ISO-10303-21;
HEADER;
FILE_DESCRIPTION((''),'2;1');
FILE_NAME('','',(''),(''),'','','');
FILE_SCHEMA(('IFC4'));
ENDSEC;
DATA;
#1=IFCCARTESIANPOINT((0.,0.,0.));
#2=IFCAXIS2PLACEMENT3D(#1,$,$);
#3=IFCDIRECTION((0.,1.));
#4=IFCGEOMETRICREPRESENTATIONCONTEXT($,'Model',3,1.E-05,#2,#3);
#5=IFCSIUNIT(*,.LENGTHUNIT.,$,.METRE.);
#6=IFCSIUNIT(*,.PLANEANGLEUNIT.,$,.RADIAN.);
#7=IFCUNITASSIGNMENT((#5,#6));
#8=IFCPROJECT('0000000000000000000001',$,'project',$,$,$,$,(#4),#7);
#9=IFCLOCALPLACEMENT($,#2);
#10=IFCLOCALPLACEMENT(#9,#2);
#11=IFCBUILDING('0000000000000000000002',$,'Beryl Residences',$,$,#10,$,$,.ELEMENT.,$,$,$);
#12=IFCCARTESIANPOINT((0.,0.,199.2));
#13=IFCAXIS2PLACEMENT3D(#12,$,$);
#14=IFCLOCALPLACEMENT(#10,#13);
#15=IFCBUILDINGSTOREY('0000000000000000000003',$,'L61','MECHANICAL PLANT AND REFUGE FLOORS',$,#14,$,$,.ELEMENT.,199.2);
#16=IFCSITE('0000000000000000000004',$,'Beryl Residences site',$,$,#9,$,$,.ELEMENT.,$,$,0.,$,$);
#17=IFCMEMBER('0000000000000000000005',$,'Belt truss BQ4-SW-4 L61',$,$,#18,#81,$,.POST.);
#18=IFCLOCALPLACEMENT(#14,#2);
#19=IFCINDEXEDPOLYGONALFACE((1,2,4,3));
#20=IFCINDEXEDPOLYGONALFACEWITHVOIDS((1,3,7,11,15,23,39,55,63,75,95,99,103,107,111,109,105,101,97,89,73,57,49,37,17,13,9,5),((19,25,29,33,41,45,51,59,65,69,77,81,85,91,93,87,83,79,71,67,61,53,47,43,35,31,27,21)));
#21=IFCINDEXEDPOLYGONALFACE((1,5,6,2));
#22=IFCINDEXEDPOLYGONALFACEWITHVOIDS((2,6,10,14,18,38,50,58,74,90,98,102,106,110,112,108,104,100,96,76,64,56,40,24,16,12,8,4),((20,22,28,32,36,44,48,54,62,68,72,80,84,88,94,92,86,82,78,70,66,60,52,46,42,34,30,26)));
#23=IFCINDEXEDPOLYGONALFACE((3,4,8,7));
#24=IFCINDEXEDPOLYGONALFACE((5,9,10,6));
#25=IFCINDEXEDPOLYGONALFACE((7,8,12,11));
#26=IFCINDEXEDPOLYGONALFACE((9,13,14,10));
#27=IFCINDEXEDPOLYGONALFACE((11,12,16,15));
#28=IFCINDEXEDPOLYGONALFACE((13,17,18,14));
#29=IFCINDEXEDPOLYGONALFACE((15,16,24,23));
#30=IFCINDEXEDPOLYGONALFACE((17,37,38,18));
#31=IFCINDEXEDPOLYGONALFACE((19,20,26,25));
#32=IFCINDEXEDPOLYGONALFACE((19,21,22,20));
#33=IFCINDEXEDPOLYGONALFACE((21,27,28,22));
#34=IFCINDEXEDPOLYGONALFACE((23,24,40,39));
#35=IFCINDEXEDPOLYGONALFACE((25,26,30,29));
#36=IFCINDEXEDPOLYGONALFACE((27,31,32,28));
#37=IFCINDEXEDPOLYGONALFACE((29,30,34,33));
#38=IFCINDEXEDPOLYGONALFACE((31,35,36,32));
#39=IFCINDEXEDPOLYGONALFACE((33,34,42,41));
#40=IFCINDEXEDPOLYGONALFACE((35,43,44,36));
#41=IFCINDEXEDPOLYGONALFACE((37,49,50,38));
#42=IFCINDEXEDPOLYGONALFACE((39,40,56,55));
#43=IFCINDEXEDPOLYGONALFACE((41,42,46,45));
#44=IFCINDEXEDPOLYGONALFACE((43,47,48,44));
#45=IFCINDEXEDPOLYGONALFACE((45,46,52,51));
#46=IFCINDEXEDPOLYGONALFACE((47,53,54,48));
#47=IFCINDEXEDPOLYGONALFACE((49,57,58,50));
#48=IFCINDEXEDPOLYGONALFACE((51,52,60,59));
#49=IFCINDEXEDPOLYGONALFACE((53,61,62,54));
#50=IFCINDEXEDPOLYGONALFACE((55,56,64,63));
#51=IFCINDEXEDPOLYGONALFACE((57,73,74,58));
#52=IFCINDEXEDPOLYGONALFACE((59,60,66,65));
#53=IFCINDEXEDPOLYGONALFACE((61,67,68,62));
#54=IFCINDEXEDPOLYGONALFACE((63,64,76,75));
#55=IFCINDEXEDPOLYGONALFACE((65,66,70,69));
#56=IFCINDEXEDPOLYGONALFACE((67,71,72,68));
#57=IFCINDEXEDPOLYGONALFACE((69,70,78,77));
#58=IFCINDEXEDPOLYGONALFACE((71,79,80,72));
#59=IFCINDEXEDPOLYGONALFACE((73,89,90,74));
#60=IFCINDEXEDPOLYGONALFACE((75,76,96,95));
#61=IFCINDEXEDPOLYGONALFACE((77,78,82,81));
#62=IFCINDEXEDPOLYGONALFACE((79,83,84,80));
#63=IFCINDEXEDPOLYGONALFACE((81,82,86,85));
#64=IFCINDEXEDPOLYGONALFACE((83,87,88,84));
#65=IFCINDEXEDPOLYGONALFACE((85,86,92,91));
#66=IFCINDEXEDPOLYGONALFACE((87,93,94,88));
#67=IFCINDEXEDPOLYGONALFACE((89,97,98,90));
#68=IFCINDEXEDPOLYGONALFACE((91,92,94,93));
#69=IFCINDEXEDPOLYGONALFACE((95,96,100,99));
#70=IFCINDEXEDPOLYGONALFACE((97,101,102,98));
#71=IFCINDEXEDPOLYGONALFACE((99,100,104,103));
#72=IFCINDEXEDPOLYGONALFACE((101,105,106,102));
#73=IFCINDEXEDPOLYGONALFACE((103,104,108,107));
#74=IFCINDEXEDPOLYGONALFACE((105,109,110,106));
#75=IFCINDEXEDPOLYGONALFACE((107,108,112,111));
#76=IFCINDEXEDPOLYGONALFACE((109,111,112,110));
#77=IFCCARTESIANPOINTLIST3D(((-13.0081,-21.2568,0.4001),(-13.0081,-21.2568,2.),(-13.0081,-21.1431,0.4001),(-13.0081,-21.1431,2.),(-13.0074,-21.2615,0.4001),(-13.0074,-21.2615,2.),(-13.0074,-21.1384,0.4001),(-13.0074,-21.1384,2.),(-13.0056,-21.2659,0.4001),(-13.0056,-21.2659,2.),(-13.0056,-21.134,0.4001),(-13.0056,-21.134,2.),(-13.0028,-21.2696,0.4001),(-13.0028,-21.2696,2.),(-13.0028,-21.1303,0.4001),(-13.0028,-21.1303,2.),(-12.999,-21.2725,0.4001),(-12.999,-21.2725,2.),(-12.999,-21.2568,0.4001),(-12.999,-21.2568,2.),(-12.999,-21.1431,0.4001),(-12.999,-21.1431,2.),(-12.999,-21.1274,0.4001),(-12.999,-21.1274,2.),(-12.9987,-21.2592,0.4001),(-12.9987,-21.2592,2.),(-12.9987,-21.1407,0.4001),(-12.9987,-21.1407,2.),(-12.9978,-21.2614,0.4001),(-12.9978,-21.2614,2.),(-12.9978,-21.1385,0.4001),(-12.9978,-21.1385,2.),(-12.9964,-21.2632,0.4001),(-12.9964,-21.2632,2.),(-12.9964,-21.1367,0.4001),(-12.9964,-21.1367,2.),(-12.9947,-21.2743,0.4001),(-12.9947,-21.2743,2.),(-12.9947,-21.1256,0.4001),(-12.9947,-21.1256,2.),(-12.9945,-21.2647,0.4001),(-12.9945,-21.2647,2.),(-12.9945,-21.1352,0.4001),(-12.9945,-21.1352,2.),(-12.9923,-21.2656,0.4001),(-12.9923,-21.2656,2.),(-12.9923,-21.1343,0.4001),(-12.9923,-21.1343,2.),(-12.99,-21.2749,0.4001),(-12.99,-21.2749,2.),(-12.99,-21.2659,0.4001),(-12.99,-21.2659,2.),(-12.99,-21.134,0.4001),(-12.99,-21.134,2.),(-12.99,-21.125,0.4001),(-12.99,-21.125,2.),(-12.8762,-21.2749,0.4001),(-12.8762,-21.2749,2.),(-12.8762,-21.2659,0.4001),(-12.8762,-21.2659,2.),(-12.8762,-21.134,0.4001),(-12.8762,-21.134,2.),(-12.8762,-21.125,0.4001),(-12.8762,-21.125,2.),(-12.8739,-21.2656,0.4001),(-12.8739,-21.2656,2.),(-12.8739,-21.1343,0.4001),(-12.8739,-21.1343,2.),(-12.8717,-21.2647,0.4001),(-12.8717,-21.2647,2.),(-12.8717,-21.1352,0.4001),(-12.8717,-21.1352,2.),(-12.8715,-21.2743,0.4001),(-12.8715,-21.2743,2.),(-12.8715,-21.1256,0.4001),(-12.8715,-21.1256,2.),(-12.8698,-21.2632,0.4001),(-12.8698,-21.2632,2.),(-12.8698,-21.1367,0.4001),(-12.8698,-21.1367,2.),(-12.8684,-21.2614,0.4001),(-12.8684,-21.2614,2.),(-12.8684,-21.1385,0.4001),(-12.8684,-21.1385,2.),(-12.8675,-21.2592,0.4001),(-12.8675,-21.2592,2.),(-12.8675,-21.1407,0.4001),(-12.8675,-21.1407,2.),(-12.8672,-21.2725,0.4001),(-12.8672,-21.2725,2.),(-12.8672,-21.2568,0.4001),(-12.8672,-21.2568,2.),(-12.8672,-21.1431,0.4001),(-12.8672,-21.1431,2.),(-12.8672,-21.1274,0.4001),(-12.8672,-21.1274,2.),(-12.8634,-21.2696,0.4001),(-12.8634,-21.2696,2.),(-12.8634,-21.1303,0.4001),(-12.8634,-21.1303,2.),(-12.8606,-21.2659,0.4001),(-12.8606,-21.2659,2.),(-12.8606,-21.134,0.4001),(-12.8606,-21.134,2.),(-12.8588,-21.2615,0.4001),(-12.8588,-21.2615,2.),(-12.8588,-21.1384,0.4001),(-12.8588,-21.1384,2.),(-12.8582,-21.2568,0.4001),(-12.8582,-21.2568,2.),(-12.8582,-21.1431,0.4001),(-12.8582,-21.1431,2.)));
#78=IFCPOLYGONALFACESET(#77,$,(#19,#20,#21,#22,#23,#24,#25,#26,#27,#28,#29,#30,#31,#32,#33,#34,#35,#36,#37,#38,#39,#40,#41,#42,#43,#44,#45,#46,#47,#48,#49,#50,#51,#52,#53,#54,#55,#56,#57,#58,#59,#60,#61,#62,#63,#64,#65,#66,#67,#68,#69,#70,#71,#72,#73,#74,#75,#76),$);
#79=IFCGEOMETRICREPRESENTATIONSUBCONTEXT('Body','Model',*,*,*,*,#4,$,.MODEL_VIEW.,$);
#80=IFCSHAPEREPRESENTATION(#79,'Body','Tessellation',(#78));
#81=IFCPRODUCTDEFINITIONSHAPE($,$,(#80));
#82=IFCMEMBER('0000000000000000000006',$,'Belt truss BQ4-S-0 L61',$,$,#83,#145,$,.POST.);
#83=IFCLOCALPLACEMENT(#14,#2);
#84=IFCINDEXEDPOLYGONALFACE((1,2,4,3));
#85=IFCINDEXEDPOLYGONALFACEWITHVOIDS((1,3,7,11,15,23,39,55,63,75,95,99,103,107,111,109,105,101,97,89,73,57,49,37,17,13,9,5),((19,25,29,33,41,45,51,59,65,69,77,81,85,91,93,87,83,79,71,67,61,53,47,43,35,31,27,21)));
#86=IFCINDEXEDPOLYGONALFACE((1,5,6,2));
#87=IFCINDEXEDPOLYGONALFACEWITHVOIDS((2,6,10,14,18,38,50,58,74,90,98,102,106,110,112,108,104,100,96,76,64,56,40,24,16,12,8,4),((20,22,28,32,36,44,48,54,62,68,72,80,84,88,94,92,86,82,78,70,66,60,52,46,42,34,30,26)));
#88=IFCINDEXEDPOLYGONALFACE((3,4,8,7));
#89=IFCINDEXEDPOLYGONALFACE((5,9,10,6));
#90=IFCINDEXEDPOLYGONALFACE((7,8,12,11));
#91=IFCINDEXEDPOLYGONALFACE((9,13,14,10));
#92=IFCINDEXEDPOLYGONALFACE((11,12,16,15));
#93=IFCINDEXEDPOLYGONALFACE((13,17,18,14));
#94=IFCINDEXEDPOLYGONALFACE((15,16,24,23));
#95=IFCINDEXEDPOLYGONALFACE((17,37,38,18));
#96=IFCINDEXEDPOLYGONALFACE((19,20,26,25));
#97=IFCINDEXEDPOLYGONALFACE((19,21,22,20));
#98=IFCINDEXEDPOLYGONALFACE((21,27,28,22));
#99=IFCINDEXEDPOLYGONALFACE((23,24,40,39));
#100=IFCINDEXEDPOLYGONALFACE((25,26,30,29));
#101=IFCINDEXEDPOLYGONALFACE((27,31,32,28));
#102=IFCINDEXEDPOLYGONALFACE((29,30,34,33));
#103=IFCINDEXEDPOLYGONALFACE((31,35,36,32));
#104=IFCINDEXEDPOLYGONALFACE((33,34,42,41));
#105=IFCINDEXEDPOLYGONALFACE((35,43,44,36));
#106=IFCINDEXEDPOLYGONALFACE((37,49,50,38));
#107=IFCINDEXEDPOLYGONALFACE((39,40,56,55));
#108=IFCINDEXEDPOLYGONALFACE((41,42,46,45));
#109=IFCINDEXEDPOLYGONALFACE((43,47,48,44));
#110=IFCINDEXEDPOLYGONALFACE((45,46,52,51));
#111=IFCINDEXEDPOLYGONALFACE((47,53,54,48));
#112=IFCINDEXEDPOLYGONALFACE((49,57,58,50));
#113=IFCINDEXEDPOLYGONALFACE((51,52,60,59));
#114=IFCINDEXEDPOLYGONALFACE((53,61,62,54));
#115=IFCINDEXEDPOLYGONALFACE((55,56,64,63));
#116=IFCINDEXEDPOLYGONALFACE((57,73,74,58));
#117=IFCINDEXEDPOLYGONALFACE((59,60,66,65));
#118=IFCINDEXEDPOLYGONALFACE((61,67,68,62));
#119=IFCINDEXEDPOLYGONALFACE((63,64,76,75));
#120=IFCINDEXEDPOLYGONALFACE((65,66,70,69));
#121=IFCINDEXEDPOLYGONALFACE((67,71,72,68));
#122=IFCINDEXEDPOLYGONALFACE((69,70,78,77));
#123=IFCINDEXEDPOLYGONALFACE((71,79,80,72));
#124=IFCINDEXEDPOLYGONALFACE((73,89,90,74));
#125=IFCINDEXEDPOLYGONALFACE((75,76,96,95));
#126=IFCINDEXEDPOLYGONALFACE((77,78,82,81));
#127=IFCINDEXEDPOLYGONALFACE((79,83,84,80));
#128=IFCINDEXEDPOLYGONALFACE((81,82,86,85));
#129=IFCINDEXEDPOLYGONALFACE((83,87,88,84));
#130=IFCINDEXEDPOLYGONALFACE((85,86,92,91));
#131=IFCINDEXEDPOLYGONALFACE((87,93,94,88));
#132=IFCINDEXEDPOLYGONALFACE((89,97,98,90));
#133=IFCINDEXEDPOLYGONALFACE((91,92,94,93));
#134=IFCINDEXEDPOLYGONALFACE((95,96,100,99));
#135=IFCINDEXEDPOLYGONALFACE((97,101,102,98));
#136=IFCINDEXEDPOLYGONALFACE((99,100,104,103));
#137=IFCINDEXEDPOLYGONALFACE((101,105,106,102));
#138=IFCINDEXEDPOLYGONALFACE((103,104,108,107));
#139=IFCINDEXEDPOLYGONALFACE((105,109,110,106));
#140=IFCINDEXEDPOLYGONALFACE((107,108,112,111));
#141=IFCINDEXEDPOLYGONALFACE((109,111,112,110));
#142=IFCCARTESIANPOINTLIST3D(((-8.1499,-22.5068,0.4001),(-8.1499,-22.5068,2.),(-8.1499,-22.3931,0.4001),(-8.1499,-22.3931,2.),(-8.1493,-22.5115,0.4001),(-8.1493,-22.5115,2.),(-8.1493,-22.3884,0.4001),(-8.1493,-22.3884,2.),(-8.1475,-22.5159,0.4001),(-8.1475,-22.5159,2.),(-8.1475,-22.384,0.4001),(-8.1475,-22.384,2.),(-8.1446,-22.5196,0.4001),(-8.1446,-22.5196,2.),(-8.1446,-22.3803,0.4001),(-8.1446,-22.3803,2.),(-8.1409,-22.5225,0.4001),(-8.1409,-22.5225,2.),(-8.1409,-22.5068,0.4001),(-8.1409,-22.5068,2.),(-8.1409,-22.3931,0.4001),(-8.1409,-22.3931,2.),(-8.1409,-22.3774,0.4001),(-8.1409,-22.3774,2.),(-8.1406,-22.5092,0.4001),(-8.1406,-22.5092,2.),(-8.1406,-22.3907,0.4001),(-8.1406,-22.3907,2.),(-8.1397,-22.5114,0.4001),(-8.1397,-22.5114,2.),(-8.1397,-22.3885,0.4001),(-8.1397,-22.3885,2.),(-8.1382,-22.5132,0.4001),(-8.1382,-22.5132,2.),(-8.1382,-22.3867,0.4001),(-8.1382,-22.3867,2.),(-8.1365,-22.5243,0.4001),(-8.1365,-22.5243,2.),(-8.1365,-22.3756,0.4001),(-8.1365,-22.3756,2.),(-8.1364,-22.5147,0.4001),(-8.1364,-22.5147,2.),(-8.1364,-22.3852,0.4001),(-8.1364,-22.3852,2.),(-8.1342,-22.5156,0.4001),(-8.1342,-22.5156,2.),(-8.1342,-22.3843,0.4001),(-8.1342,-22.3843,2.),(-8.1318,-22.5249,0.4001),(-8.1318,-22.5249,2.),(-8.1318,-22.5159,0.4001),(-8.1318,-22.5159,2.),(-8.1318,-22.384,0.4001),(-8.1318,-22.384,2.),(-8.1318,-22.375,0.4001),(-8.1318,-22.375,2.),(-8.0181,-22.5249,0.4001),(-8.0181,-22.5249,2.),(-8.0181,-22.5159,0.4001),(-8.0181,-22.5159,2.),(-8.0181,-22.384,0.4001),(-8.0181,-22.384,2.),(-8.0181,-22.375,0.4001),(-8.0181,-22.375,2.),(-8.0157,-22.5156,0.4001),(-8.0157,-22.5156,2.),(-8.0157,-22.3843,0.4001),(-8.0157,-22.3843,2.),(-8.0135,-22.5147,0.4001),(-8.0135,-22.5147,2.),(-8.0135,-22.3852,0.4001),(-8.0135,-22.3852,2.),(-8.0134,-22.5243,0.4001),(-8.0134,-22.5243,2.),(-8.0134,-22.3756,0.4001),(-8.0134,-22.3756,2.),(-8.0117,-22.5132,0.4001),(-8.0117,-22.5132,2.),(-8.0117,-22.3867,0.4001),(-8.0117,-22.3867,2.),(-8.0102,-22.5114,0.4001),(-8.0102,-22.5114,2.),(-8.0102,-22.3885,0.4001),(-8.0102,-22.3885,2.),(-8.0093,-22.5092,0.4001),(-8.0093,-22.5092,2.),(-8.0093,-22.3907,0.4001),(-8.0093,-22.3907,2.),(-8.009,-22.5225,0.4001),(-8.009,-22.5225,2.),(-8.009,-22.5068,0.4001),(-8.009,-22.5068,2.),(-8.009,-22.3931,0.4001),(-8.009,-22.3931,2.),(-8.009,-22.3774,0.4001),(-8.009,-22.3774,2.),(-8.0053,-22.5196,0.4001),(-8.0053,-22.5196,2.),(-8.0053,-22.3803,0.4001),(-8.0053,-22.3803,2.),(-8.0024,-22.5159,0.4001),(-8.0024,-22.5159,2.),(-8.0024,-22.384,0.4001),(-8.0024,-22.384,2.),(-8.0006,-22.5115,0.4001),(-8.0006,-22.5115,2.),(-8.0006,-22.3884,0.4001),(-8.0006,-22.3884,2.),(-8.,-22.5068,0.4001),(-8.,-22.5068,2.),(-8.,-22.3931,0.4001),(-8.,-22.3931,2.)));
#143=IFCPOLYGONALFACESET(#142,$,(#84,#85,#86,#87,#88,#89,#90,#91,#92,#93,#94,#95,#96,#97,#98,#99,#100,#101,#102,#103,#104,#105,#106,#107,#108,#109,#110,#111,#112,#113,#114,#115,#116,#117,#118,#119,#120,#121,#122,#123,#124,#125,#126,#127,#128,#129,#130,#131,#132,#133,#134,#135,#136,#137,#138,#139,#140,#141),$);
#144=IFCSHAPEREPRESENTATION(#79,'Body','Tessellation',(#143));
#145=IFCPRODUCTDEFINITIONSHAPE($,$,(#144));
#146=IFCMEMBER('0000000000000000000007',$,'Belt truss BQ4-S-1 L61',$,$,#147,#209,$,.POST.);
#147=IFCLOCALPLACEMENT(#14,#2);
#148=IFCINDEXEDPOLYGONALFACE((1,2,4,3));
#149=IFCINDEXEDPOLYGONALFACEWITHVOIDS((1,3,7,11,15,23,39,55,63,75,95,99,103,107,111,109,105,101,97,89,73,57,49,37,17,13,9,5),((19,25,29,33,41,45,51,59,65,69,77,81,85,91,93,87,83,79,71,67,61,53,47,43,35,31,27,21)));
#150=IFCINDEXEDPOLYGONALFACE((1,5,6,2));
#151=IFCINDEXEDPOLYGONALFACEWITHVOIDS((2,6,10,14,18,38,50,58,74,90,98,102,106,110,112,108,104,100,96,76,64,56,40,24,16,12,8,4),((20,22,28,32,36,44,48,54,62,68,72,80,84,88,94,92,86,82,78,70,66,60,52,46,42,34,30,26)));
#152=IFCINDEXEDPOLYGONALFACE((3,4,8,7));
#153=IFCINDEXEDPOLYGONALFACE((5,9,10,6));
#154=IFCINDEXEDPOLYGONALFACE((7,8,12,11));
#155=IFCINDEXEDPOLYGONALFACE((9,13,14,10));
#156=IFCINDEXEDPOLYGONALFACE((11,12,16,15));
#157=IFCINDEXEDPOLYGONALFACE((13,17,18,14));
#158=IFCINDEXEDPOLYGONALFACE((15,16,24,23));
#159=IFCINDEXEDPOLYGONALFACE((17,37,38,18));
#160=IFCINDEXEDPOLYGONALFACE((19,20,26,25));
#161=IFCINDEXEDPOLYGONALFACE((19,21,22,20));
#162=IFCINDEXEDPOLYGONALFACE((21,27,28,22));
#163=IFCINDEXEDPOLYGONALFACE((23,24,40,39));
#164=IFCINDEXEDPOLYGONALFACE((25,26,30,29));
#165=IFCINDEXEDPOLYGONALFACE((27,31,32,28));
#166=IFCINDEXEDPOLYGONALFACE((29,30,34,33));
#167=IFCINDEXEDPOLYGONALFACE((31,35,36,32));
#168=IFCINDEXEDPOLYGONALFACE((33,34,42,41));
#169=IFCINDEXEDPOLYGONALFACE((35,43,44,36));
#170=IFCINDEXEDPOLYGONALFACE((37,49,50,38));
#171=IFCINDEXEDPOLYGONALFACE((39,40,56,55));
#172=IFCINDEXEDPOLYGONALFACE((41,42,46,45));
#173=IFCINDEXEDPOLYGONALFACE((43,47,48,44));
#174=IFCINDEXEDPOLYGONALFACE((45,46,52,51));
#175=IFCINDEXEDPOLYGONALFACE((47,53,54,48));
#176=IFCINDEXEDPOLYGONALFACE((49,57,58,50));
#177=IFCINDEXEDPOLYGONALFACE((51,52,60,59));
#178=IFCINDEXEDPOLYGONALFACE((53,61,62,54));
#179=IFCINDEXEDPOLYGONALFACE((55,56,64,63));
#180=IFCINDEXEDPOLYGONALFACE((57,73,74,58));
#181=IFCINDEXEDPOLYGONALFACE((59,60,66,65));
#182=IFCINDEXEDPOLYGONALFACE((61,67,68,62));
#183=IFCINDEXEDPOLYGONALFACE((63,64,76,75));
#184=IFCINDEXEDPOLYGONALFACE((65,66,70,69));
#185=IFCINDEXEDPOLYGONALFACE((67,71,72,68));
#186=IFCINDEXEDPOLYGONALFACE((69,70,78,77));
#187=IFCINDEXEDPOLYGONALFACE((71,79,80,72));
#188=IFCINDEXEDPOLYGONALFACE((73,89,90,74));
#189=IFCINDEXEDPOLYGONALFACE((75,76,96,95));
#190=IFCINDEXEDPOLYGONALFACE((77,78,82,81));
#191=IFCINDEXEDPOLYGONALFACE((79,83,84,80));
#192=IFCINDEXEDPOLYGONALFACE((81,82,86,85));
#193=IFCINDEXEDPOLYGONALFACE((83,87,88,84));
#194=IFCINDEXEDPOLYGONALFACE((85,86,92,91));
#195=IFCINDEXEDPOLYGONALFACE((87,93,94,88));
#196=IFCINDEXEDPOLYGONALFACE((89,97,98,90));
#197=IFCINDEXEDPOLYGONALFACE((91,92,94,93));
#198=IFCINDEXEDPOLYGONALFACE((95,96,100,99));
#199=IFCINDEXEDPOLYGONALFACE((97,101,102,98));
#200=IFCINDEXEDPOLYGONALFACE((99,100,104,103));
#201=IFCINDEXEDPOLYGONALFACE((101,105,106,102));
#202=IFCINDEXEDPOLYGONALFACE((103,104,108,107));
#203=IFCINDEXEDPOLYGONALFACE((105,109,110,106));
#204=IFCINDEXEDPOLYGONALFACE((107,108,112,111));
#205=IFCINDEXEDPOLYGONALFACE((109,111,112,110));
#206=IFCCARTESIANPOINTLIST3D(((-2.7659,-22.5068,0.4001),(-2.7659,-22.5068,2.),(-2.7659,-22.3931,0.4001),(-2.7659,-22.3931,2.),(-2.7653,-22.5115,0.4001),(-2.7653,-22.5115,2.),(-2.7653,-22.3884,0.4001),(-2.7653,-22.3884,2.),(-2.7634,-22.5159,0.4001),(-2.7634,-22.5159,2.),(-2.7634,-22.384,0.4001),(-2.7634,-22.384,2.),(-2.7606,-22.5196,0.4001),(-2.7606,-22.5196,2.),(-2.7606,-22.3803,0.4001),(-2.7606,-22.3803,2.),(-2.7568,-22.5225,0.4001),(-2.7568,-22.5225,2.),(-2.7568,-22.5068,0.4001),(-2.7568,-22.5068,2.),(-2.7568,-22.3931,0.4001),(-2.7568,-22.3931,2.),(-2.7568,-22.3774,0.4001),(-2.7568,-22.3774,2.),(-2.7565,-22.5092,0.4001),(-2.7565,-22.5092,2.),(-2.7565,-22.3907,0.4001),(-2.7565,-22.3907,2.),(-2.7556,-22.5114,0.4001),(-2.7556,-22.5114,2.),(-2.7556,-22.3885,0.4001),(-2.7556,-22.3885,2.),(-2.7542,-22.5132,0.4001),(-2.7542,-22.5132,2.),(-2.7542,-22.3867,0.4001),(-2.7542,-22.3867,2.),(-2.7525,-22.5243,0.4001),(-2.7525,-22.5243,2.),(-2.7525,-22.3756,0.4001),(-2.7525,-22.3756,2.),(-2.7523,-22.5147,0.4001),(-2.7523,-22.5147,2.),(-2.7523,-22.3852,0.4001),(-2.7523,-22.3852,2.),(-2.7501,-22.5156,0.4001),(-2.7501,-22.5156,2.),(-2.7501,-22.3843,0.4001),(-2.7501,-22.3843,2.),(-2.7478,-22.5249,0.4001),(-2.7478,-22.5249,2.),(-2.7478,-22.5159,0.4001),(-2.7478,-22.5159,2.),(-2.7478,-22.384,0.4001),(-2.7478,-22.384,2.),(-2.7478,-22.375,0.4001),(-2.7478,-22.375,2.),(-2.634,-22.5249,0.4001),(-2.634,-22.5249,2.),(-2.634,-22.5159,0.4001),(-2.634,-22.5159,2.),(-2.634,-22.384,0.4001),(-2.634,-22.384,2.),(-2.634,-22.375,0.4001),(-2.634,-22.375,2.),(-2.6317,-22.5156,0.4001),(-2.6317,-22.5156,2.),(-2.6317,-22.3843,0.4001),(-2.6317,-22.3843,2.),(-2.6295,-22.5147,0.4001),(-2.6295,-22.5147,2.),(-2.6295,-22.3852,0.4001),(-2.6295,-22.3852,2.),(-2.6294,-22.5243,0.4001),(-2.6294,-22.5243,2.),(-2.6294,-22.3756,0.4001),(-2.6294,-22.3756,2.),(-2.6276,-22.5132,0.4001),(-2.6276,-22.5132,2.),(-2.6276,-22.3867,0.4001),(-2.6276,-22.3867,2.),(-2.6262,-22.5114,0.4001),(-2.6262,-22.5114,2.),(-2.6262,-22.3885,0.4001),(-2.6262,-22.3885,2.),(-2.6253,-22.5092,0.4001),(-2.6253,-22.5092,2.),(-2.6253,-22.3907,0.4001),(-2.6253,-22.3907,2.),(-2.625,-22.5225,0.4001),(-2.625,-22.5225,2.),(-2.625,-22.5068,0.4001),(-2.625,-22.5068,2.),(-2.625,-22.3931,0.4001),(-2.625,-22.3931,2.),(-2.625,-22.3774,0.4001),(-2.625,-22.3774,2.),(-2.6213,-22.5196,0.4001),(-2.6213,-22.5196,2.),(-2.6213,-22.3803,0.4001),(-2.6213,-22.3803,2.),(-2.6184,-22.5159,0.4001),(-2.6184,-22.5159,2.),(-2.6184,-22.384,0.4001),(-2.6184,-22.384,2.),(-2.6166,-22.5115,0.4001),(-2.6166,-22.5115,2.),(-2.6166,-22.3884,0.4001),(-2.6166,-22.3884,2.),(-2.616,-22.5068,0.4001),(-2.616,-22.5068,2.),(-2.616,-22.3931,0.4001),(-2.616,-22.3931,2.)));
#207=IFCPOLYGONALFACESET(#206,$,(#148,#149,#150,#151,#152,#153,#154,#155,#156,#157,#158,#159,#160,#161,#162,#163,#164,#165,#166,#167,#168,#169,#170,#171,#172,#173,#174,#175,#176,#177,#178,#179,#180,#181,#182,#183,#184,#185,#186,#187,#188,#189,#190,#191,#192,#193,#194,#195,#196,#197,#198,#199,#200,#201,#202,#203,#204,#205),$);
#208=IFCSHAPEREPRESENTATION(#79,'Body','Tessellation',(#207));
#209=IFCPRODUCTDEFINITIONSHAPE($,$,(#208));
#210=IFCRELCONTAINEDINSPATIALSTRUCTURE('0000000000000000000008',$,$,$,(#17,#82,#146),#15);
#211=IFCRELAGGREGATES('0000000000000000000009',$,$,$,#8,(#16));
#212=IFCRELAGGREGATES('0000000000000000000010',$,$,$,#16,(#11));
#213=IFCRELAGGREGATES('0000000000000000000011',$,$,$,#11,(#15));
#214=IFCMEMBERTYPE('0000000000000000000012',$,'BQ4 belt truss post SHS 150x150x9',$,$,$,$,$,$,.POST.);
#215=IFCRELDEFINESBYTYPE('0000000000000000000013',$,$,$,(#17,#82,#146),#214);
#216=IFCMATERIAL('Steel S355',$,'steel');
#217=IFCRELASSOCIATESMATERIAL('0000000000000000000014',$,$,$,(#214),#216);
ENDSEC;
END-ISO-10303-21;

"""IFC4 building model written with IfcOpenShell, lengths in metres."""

from ifc_helpers import new_model, si_unit, direction, frame, origin, origin_2d, place, context, subcontext, project, spatial, hollow_rectangle, extrude, material, material_profile, profile_set, type_object, element, save


model = new_model("IFC4")

# Units and contexts
model_context = context("Model", 3, precision=1e-05, world=origin(), true_north=direction((0.0, 1.0)))
body_context = subcontext(model_context, "Body", "Model", "MODEL_VIEW")
ifc_project = project(units=[si_unit("LENGTHUNIT", "METRE"), si_unit("PLANEANGLEUNIT", "RADIAN")], contexts=[model_context])

# Site, building, storey
site_placement = place(None, origin())
site = spatial("IfcSite", under=ifc_project, at=site_placement, Name="Beryl Residences site", CompositionType="ELEMENT", RefElevation=0.0)
building_placement = place(site_placement, origin())
building = spatial("IfcBuilding", under=site, at=building_placement, Name="Beryl Residences", CompositionType="ELEMENT")
storey_placement = place(building_placement, frame((0.0, 0.0, 199.2)))
storey = spatial("IfcBuildingStorey", under=building, at=storey_placement, Name="L61", Description="MECHANICAL PLANT AND REFUGE FLOORS", CompositionType="ELEMENT", Elevation=199.2)

# Members
ifc_material_1 = material(Name="Steel S355", Category="steel")
ifc_material_profile_1 = material_profile(ifc_material_1, hollow_rectangle(XDim=0.1499, YDim=0.1499, WallThickness=0.009, InnerFilletRadius=0.009, OuterFilletRadius=0.0181, at=origin_2d()))
ifc_profile_set_1 = profile_set([ifc_material_profile_1], Name="Steel S355")
member_type_1 = type_object("IfcMemberType", Name="BQ4 belt truss post SHS 150x150x9", PredefinedType="POST", material=ifc_profile_set_1)
for number, where, z_axis, x_axis, name in (
    (1, (-12.9331, -21.2, 0.4001), (0.0, 0.0, 1.0), (1.0, 0.0, 0.0), "Belt truss BQ4-SW-4 L61"),
    (2, (-8.075, -22.45, 0.4001), (0.0, 0.0, 1.0), (1.0, 0.0, 0.0), "Belt truss BQ4-S-0 L61"),
    (3, (-2.6909, -22.45, 0.4001), (0.0, 0.0, 1.0), (1.0, 0.0, 0.0), "Belt truss BQ4-S-1 L61"),
):
    element("IfcMember", number, at=place(storey_placement, frame(where, z_axis=z_axis, x_axis=x_axis)), inside=storey, type_object=member_type_1, Name=name, PredefinedType="POST", context=body_context, shape_type="SweptSolid", body=[
        extrude(hollow_rectangle(XDim=0.1499, YDim=0.1499, WallThickness=0.009, InnerFilletRadius=0.009, OuterFilletRadius=0.0181, at=origin_2d()), origin(), (0.0, 0.0, 1.0), 1.5999),
    ])

save(model, "model.ifc")
